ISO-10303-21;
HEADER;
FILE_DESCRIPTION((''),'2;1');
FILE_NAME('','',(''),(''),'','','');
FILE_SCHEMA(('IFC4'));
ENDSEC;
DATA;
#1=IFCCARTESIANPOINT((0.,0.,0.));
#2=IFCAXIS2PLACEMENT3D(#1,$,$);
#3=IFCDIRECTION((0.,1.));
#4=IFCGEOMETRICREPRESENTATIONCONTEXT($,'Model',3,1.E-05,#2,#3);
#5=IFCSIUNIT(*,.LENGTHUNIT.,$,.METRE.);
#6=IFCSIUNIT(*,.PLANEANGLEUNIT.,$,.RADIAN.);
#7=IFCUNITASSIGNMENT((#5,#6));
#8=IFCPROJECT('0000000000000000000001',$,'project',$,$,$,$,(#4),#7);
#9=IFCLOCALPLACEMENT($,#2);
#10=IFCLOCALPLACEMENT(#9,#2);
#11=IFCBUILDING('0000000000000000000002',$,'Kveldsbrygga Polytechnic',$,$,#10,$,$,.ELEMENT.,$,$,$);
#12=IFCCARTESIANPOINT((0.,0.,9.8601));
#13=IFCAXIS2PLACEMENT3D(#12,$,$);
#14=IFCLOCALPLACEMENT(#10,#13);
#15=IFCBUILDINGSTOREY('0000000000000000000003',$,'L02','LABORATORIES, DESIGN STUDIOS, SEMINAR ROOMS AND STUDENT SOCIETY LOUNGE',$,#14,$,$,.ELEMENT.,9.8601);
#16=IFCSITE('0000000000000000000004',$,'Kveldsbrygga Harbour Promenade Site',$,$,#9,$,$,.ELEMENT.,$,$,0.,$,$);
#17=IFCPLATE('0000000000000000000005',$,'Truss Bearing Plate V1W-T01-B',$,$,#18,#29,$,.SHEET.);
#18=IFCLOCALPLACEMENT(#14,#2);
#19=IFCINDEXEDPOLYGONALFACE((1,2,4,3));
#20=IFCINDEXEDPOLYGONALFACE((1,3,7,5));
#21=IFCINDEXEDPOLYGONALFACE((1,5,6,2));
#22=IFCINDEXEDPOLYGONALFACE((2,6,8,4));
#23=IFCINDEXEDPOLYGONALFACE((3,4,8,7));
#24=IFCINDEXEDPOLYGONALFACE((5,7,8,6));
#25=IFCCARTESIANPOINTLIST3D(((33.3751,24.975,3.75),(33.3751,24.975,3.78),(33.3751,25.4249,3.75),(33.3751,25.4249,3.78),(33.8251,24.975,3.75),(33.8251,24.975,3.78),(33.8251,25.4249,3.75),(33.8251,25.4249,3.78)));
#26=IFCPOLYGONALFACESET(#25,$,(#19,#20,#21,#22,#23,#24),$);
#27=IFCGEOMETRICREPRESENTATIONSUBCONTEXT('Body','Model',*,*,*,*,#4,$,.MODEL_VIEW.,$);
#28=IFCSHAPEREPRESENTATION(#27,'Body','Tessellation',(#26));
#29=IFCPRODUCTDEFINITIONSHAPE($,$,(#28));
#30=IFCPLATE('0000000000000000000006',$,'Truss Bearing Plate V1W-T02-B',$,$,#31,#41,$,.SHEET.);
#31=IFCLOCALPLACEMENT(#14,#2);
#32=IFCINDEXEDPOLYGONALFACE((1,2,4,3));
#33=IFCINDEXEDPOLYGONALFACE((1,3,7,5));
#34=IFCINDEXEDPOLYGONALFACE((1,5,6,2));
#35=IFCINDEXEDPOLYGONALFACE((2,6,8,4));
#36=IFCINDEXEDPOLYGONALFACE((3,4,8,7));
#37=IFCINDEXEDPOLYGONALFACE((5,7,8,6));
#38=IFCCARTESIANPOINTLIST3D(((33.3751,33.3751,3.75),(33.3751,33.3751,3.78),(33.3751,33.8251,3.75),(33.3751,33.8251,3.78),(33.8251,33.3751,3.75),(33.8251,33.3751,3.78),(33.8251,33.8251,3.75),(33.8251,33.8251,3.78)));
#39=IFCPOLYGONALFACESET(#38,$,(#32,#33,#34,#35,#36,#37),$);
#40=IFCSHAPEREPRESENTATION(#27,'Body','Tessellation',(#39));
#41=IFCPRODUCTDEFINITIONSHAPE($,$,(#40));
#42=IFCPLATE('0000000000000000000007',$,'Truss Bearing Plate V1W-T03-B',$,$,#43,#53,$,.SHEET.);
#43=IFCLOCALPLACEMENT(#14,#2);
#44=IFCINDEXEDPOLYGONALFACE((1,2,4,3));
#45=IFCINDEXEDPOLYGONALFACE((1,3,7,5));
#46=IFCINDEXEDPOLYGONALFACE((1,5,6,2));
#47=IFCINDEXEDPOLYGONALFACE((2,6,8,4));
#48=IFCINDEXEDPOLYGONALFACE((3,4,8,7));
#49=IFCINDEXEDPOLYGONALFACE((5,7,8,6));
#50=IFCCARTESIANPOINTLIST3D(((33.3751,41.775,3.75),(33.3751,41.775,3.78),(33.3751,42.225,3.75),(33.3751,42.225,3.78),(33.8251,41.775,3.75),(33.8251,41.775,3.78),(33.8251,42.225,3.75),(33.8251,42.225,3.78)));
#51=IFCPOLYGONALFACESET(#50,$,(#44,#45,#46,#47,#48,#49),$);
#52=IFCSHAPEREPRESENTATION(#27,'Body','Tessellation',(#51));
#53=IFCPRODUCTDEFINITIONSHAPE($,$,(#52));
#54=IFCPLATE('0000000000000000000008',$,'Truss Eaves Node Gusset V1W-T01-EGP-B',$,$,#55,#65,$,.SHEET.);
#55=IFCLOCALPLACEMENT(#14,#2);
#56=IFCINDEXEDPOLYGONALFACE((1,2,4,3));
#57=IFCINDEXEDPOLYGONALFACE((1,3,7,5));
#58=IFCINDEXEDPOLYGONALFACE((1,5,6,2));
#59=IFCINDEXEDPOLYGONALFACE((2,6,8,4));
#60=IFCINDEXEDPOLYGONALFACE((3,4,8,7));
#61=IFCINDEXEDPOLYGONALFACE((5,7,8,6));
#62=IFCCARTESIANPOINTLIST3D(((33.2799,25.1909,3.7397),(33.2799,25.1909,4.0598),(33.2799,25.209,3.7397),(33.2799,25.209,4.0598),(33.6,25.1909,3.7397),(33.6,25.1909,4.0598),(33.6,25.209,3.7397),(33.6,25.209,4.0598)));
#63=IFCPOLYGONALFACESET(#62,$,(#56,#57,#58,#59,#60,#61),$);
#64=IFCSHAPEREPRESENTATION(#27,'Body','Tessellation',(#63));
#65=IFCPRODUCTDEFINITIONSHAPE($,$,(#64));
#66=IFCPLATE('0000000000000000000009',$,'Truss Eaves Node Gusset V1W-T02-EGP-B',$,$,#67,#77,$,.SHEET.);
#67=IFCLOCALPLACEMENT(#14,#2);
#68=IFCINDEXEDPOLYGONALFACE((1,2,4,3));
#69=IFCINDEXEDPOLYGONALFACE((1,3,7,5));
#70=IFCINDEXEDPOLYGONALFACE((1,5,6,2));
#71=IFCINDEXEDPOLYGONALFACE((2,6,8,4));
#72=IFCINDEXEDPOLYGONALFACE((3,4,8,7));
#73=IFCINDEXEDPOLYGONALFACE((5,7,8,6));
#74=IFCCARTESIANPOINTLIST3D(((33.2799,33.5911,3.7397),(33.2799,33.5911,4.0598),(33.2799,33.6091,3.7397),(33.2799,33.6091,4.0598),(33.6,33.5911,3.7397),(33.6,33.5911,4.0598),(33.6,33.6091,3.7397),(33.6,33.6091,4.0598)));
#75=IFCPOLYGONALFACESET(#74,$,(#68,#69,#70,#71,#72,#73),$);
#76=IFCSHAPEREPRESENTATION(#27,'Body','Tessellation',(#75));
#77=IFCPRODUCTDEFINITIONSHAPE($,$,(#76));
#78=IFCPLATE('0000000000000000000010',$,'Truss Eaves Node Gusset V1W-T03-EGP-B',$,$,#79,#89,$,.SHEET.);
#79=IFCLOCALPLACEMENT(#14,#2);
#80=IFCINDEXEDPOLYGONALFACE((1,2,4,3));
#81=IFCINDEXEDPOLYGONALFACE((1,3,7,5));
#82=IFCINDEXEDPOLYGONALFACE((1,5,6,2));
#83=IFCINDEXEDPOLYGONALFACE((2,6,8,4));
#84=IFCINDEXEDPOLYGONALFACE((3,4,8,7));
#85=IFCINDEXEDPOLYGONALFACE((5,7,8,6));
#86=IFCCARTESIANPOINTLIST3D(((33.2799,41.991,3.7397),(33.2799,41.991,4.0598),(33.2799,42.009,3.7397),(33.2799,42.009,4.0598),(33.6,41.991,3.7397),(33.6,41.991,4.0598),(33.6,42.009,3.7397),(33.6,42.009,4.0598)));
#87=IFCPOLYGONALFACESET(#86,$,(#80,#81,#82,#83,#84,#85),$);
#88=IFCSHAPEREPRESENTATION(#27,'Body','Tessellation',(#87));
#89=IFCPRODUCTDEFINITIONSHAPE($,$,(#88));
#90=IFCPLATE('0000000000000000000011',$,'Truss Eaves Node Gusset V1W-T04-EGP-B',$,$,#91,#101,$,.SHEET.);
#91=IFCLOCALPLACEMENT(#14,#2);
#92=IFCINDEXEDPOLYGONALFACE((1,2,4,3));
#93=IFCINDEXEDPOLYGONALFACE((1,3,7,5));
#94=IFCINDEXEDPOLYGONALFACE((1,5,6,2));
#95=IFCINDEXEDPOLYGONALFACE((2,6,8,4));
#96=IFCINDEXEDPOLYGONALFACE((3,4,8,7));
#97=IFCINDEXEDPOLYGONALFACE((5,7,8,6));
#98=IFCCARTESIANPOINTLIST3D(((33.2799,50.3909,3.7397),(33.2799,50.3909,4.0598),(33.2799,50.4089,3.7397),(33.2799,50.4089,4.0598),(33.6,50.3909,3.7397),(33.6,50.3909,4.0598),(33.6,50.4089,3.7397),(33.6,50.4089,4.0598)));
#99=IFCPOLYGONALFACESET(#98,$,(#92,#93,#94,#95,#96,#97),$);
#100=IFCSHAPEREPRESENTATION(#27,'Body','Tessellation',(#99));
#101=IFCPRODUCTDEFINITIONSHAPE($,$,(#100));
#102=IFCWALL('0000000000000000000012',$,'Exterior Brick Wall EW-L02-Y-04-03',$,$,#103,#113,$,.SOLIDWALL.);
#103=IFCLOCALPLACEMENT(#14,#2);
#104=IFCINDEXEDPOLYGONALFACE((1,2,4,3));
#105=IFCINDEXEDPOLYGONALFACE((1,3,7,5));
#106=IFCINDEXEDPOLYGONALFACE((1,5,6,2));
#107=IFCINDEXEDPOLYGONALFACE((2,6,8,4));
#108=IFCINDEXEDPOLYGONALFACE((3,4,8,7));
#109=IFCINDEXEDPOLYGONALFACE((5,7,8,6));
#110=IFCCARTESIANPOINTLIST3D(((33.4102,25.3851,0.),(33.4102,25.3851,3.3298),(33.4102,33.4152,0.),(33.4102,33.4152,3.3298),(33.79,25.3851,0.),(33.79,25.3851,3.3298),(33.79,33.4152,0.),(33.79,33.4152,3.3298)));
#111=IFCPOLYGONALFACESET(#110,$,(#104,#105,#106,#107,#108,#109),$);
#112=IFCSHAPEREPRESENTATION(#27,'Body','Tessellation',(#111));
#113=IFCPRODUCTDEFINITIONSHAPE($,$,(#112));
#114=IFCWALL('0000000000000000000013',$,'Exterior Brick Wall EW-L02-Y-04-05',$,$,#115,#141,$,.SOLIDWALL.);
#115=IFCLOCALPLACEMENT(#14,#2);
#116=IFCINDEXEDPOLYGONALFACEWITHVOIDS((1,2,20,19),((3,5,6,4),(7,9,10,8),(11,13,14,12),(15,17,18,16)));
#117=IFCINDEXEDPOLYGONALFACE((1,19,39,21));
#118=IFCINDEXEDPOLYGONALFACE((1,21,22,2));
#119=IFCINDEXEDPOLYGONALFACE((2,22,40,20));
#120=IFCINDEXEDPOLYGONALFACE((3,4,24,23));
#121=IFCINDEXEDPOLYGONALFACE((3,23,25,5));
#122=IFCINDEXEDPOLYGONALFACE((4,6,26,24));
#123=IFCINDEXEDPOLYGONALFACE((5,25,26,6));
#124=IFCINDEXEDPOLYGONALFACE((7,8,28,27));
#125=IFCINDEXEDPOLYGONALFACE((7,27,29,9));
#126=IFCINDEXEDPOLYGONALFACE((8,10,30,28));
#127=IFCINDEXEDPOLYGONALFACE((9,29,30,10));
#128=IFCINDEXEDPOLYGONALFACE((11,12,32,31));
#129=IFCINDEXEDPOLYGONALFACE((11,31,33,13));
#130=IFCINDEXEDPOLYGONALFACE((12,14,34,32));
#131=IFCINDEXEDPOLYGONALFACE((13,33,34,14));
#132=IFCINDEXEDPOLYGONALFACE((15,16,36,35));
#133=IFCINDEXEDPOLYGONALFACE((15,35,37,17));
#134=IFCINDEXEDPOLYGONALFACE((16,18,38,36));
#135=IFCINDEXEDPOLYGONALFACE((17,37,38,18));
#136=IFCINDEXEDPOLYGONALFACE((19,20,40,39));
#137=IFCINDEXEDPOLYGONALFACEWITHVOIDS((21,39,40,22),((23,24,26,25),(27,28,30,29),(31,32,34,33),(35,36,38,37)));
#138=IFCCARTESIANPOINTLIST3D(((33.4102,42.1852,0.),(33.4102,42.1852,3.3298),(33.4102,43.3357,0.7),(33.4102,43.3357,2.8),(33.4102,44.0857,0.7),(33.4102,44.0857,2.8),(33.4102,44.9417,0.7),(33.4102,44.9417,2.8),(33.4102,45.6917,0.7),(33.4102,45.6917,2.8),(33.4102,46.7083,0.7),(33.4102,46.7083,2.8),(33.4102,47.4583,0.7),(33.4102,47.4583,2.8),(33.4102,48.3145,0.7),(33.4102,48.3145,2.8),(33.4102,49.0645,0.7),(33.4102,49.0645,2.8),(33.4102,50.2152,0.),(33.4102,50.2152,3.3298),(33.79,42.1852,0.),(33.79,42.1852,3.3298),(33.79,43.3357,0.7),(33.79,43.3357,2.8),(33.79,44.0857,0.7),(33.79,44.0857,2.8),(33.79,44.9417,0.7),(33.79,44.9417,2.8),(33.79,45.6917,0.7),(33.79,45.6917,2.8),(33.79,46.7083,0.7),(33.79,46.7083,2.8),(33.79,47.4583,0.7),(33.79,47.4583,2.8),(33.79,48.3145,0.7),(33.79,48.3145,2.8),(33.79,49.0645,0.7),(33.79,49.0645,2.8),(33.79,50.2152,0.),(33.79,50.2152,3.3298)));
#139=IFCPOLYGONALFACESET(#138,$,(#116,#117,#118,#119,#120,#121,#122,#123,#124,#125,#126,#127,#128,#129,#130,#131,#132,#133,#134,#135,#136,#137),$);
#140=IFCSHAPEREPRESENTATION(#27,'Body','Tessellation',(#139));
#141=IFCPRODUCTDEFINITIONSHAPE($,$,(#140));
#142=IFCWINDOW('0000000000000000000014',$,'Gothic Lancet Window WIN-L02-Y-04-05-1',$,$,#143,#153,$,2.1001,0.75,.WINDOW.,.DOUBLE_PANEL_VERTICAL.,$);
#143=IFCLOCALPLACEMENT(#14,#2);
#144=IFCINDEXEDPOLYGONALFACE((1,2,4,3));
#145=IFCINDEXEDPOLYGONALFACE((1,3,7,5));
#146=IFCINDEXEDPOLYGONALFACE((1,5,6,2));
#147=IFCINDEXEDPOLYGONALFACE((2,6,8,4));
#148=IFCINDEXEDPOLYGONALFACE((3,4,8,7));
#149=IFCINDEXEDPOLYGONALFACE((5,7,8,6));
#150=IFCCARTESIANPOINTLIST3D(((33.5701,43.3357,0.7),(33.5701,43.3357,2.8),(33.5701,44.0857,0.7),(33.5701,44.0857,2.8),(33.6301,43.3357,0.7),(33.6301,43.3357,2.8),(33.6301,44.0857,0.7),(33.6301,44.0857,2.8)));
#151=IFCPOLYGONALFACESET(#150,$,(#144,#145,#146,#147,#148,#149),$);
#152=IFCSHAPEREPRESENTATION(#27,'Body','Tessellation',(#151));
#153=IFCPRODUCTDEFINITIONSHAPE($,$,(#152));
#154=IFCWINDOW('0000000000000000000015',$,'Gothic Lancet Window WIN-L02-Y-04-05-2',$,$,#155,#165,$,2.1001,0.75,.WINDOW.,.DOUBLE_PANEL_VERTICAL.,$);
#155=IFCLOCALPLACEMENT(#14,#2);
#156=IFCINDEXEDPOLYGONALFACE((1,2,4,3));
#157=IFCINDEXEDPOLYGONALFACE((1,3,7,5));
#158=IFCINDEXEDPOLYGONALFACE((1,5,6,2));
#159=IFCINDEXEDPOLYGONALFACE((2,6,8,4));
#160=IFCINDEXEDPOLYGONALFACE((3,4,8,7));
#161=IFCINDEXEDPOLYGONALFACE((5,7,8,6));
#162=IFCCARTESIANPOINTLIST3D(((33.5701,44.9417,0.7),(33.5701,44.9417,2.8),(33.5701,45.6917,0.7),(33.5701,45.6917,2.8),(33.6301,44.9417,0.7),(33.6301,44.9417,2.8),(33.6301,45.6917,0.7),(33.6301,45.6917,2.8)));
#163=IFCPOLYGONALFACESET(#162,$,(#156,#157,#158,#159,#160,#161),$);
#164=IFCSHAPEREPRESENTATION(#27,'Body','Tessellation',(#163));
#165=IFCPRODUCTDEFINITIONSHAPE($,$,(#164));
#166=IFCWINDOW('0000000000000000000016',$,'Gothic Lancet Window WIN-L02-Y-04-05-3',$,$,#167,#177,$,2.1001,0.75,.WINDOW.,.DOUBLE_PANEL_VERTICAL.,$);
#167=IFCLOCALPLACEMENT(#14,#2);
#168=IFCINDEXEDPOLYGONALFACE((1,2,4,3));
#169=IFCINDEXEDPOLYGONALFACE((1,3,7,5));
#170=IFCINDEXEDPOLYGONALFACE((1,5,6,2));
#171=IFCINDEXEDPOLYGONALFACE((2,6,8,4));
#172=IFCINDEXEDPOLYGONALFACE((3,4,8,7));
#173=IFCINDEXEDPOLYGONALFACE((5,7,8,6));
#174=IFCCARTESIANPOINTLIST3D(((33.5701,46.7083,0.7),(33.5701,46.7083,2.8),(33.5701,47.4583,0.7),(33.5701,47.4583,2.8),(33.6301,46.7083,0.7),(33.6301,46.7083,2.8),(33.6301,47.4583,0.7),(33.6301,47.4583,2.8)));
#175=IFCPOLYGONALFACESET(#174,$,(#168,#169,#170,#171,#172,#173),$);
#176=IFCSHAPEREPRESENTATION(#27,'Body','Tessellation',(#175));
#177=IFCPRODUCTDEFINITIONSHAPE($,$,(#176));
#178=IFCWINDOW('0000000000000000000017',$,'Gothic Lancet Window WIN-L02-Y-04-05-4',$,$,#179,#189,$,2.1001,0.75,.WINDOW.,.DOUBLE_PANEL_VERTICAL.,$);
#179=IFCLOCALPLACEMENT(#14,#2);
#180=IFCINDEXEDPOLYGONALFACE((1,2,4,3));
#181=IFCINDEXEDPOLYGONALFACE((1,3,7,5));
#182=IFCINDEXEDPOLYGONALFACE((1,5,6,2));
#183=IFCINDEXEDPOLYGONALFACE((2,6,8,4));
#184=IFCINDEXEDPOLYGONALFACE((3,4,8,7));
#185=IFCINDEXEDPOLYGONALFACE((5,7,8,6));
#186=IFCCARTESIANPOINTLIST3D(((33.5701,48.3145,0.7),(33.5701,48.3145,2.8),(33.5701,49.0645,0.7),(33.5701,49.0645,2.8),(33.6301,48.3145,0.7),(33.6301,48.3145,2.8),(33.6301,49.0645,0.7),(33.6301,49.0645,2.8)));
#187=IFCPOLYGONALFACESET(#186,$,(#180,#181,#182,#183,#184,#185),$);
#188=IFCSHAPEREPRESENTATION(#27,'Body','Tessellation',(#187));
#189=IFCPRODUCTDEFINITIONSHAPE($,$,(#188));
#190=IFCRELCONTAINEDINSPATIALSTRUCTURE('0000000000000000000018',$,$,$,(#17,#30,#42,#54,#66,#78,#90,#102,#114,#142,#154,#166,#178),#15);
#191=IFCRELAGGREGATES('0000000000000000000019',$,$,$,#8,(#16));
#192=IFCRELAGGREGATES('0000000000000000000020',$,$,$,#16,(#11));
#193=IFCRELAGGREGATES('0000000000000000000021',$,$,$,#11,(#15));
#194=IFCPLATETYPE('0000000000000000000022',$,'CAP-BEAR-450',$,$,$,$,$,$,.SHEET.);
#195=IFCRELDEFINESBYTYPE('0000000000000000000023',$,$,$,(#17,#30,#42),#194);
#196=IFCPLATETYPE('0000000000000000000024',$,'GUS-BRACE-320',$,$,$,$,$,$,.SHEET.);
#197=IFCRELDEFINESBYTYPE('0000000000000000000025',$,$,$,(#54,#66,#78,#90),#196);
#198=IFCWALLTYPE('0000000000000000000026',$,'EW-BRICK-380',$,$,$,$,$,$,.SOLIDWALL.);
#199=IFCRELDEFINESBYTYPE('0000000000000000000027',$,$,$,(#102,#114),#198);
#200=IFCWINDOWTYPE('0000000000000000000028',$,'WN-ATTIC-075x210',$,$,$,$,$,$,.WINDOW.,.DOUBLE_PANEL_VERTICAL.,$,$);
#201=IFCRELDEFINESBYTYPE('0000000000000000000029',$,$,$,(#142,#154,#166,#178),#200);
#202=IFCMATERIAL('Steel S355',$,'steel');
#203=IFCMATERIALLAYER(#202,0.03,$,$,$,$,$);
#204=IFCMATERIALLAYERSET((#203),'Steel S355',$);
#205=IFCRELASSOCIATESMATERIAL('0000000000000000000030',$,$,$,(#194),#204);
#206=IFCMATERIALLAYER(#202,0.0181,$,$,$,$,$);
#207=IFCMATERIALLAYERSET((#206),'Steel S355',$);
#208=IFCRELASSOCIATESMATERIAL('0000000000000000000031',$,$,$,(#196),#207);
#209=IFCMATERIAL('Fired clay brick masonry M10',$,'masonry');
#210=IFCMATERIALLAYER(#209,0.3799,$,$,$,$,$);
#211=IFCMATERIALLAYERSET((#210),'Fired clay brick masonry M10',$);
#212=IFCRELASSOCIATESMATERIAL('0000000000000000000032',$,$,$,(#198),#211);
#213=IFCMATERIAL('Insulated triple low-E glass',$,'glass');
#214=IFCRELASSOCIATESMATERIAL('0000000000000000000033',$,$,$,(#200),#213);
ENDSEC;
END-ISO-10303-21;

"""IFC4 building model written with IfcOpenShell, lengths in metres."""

from ifc_helpers import new_model, si_unit, direction, frame, frame_2d, origin, origin_2d, place, context, subcontext, project, spatial, rectangle, extrude, material, layer, layer_set, type_object, element, fill, save


model = new_model("IFC4")

# Units and contexts
model_context = context("Model", 3, precision=1e-05, world=origin(), true_north=direction((0.0, 1.0)))
body_context = subcontext(model_context, "Body", "Model", "MODEL_VIEW")
ifc_project = project(units=[si_unit("LENGTHUNIT", "METRE"), si_unit("PLANEANGLEUNIT", "RADIAN")], contexts=[model_context])

# Site, building, storey
site_placement = place(None, origin())
site = spatial("IfcSite", under=ifc_project, at=site_placement, Name="Kveldsbrygga Harbour Promenade Site", CompositionType="ELEMENT", RefElevation=0.0)
building_placement = place(site_placement, origin())
building = spatial("IfcBuilding", under=site, at=building_placement, Name="Kveldsbrygga Polytechnic", CompositionType="ELEMENT")
storey_placement = place(building_placement, frame((0.0, 0.0, 9.8601)))
storey = spatial("IfcBuildingStorey", under=building, at=storey_placement, Name="L02", Description="LABORATORIES, DESIGN STUDIOS, SEMINAR ROOMS AND STUDENT SOCIETY LOUNGE", CompositionType="ELEMENT", Elevation=9.8601)

# Shared definitions
ifc_material_1 = material(Name="Steel S355", Category="steel")

# Plates
ifc_layer_1 = layer(ifc_material_1, 0.03)
ifc_layer_set_1 = layer_set([ifc_layer_1], Name="Steel S355")
plate_type_1 = type_object("IfcPlateType", Name="CAP-BEAR-450", PredefinedType="SHEET", material=ifc_layer_set_1)
for number, where, z_axis, x_axis, name in (
    (1, (33.6001, 25.2, 3.75), (0.0, 0.0, 1.0), (1.0, 0.0, 0.0), "Truss Bearing Plate V1W-T01-B"),
    (2, (33.6001, 33.6001, 3.75), (0.0, 0.0, 1.0), (1.0, 0.0, 0.0), "Truss Bearing Plate V1W-T02-B"),
    (3, (33.6001, 42.0, 3.75), (0.0, 0.0, 1.0), (1.0, 0.0, 0.0), "Truss Bearing Plate V1W-T03-B"),
):
    element("IfcPlate", number, at=place(storey_placement, frame(where, z_axis=z_axis, x_axis=x_axis)), inside=storey, type_object=plate_type_1, Name=name, PredefinedType="SHEET", context=body_context, shape_type="SweptSolid", body=[
        extrude(rectangle(XDim=0.45, YDim=0.45, at=origin_2d()), origin(), (0.0, 0.0, 1.0), 0.03),
    ])
ifc_layer_2 = layer(ifc_material_1, 0.0181)
ifc_layer_set_2 = layer_set([ifc_layer_2], Name="Steel S355")
plate_type_2 = type_object("IfcPlateType", Name="GUS-BRACE-320", PredefinedType="SHEET", material=ifc_layer_set_2)
for number, where, z_axis, x_axis, name in (
    (4, (33.4399, 25.2, 3.7397), (0.0, 0.0, 1.0), (1.0, 0.0, 0.0), "Truss Eaves Node Gusset V1W-T01-EGP-B"),
    (5, (33.4399, 33.6001, 3.7397), (0.0, 0.0, 1.0), (1.0, 0.0, 0.0), "Truss Eaves Node Gusset V1W-T02-EGP-B"),
    (6, (33.4399, 42.0, 3.7397), (0.0, 0.0, 1.0), (1.0, 0.0, 0.0), "Truss Eaves Node Gusset V1W-T03-EGP-B"),
    (7, (33.4399, 50.3999, 3.7397), (0.0, 0.0, 1.0), (1.0, 0.0, 0.0), "Truss Eaves Node Gusset V1W-T04-EGP-B"),
):
    element("IfcPlate", number, at=place(storey_placement, frame(where, z_axis=z_axis, x_axis=x_axis)), inside=storey, type_object=plate_type_2, Name=name, PredefinedType="SHEET", context=body_context, shape_type="SweptSolid", body=[
        extrude(rectangle(XDim=0.3201, YDim=0.0181, at=origin_2d()), origin(), (0.0, 0.0, 1.0), 0.3201),
    ])

# Wall
ifc_material_2 = material(Name="Fired clay brick masonry M10", Category="masonry")
ifc_layer_3 = layer(ifc_material_2, 0.3799)
ifc_layer_set_3 = layer_set([ifc_layer_3], Name="Fired clay brick masonry M10")
wall_type_1 = type_object("IfcWallType", Name="EW-BRICK-380", PredefinedType="SOLIDWALL", material=ifc_layer_set_3)
wall_1_placement = place(storey_placement, frame((33.6001, 25.385, 0.0), z_axis=(0.0, 0.0, 1.0), x_axis=(0.0, 1.0, 0.0)))
element("IfcWall", 8, at=wall_1_placement, inside=storey, type_object=wall_type_1, Name="Exterior Brick Wall EW-L02-Y-04-03", PredefinedType="SOLIDWALL", context=body_context, shape_type="SweptSolid", body=[
    extrude(rectangle(XDim=8.03, YDim=0.3799, at=frame_2d((4.0151, 0.0))), origin(), (0.0, 0.0, 1.0), 3.3298),
])

# Wall, openings, windows
wall_2_placement = place(storey_placement, frame((33.6001, 42.1851, 0.0), z_axis=(0.0, 0.0, 1.0), x_axis=(0.0, 1.0, 0.0)))
wall_2 = element("IfcWall", 9, at=wall_2_placement, inside=storey, type_object=wall_type_1, Name="Exterior Brick Wall EW-L02-Y-04-05", PredefinedType="SOLIDWALL", context=body_context, shape_type="SweptSolid", body=[
    extrude(rectangle(XDim=8.03, YDim=0.3799, at=frame_2d((4.0151, 0.0))), origin(), (0.0, 0.0, 1.0), 3.3298),
])
opening_1_placement = place(wall_2_placement, frame((1.1506, 0.0, 0.7)))
opening_1 = element("IfcOpeningElement", 10, at=opening_1_placement, cuts=wall_2, PredefinedType="OPENING", context=body_context, shape_type="SweptSolid", body=[
    extrude(rectangle(XDim=0.75, YDim=2.1001, at=frame_2d((0.375, 1.05))), frame((0.0, 0.2, 0.0), z_axis=(0.0, -1.0, 0.0), x_axis=(1.0, 0.0, 0.0)), (0.0, 0.0, 1.0), 0.3999),
])
opening_2_placement = place(wall_2_placement, frame((2.7566, 0.0, 0.7)))
opening_2 = element("IfcOpeningElement", 11, at=opening_2_placement, cuts=wall_2, PredefinedType="OPENING", context=body_context, shape_type="SweptSolid", body=[
    extrude(rectangle(XDim=0.75, YDim=2.1001, at=frame_2d((0.375, 1.05))), frame((0.0, 0.2, 0.0), z_axis=(0.0, -1.0, 0.0), x_axis=(1.0, 0.0, 0.0)), (0.0, 0.0, 1.0), 0.3999),
])
opening_3_placement = place(wall_2_placement, frame((4.5232, 0.0, 0.7)))
opening_3 = element("IfcOpeningElement", 12, at=opening_3_placement, cuts=wall_2, PredefinedType="OPENING", context=body_context, shape_type="SweptSolid", body=[
    extrude(rectangle(XDim=0.75, YDim=2.1001, at=frame_2d((0.375, 1.05))), frame((0.0, 0.2, 0.0), z_axis=(0.0, -1.0, 0.0), x_axis=(1.0, 0.0, 0.0)), (0.0, 0.0, 1.0), 0.3999),
])
opening_4_placement = place(wall_2_placement, frame((6.1294, 0.0, 0.7)))
opening_4 = element("IfcOpeningElement", 13, at=opening_4_placement, cuts=wall_2, PredefinedType="OPENING", context=body_context, shape_type="SweptSolid", body=[
    extrude(rectangle(XDim=0.75, YDim=2.1001, at=frame_2d((0.375, 1.05))), frame((0.0, 0.2, 0.0), z_axis=(0.0, -1.0, 0.0), x_axis=(1.0, 0.0, 0.0)), (0.0, 0.0, 1.0), 0.3999),
])
ifc_material_3 = material(Name="Insulated triple low-E glass", Category="glass")
window_type_1 = type_object("IfcWindowType", Name="WN-ATTIC-075x210", PartitioningType="DOUBLE_PANEL_VERTICAL", PredefinedType="WINDOW", material=ifc_material_3)
window_1_placement = place(opening_1_placement, origin())
window_1 = element("IfcWindow", 14, at=window_1_placement, inside=storey, type_object=window_type_1, Name="Gothic Lancet Window WIN-L02-Y-04-05-1", OverallHeight=2.1001, OverallWidth=0.75, PartitioningType="DOUBLE_PANEL_VERTICAL", PredefinedType="WINDOW", context=body_context, shape_type="SweptSolid", body=[
    extrude(rectangle(XDim=0.75, YDim=2.1001, at=frame_2d((0.375, 1.05))), frame((0.0, 0.03, 0.0), z_axis=(0.0, -1.0, 0.0), x_axis=(1.0, 0.0, 0.0)), (0.0, 0.0, 1.0), 0.0601),
])
fill(opening_1, window_1)
window_2_placement = place(opening_2_placement, origin())
window_2 = element("IfcWindow", 15, at=window_2_placement, inside=storey, type_object=window_type_1, Name="Gothic Lancet Window WIN-L02-Y-04-05-2", OverallHeight=2.1001, OverallWidth=0.75, PartitioningType="DOUBLE_PANEL_VERTICAL", PredefinedType="WINDOW", context=body_context, shape_type="SweptSolid", body=[
    extrude(rectangle(XDim=0.75, YDim=2.1001, at=frame_2d((0.375, 1.05))), frame((0.0, 0.03, 0.0), z_axis=(0.0, -1.0, 0.0), x_axis=(1.0, 0.0, 0.0)), (0.0, 0.0, 1.0), 0.0601),
])
fill(opening_2, window_2)
window_3_placement = place(opening_3_placement, origin())
window_3 = element("IfcWindow", 16, at=window_3_placement, inside=storey, type_object=window_type_1, Name="Gothic Lancet Window WIN-L02-Y-04-05-3", OverallHeight=2.1001, OverallWidth=0.75, PartitioningType="DOUBLE_PANEL_VERTICAL", PredefinedType="WINDOW", context=body_context, shape_type="SweptSolid", body=[
    extrude(rectangle(XDim=0.75, YDim=2.1001, at=frame_2d((0.375, 1.05))), frame((0.0, 0.03, 0.0), z_axis=(0.0, -1.0, 0.0), x_axis=(1.0, 0.0, 0.0)), (0.0, 0.0, 1.0), 0.0601),
])
fill(opening_3, window_3)
window_4_placement = place(opening_4_placement, origin())
window_4 = element("IfcWindow", 17, at=window_4_placement, inside=storey, type_object=window_type_1, Name="Gothic Lancet Window WIN-L02-Y-04-05-4", OverallHeight=2.1001, OverallWidth=0.75, PartitioningType="DOUBLE_PANEL_VERTICAL", PredefinedType="WINDOW", context=body_context, shape_type="SweptSolid", body=[
    extrude(rectangle(XDim=0.75, YDim=2.1001, at=frame_2d((0.375, 1.05))), frame((0.0, 0.03, 0.0), z_axis=(0.0, -1.0, 0.0), x_axis=(1.0, 0.0, 0.0)), (0.0, 0.0, 1.0), 0.0601),
])
fill(opening_4, window_4)

save(model, "model.ifc")
